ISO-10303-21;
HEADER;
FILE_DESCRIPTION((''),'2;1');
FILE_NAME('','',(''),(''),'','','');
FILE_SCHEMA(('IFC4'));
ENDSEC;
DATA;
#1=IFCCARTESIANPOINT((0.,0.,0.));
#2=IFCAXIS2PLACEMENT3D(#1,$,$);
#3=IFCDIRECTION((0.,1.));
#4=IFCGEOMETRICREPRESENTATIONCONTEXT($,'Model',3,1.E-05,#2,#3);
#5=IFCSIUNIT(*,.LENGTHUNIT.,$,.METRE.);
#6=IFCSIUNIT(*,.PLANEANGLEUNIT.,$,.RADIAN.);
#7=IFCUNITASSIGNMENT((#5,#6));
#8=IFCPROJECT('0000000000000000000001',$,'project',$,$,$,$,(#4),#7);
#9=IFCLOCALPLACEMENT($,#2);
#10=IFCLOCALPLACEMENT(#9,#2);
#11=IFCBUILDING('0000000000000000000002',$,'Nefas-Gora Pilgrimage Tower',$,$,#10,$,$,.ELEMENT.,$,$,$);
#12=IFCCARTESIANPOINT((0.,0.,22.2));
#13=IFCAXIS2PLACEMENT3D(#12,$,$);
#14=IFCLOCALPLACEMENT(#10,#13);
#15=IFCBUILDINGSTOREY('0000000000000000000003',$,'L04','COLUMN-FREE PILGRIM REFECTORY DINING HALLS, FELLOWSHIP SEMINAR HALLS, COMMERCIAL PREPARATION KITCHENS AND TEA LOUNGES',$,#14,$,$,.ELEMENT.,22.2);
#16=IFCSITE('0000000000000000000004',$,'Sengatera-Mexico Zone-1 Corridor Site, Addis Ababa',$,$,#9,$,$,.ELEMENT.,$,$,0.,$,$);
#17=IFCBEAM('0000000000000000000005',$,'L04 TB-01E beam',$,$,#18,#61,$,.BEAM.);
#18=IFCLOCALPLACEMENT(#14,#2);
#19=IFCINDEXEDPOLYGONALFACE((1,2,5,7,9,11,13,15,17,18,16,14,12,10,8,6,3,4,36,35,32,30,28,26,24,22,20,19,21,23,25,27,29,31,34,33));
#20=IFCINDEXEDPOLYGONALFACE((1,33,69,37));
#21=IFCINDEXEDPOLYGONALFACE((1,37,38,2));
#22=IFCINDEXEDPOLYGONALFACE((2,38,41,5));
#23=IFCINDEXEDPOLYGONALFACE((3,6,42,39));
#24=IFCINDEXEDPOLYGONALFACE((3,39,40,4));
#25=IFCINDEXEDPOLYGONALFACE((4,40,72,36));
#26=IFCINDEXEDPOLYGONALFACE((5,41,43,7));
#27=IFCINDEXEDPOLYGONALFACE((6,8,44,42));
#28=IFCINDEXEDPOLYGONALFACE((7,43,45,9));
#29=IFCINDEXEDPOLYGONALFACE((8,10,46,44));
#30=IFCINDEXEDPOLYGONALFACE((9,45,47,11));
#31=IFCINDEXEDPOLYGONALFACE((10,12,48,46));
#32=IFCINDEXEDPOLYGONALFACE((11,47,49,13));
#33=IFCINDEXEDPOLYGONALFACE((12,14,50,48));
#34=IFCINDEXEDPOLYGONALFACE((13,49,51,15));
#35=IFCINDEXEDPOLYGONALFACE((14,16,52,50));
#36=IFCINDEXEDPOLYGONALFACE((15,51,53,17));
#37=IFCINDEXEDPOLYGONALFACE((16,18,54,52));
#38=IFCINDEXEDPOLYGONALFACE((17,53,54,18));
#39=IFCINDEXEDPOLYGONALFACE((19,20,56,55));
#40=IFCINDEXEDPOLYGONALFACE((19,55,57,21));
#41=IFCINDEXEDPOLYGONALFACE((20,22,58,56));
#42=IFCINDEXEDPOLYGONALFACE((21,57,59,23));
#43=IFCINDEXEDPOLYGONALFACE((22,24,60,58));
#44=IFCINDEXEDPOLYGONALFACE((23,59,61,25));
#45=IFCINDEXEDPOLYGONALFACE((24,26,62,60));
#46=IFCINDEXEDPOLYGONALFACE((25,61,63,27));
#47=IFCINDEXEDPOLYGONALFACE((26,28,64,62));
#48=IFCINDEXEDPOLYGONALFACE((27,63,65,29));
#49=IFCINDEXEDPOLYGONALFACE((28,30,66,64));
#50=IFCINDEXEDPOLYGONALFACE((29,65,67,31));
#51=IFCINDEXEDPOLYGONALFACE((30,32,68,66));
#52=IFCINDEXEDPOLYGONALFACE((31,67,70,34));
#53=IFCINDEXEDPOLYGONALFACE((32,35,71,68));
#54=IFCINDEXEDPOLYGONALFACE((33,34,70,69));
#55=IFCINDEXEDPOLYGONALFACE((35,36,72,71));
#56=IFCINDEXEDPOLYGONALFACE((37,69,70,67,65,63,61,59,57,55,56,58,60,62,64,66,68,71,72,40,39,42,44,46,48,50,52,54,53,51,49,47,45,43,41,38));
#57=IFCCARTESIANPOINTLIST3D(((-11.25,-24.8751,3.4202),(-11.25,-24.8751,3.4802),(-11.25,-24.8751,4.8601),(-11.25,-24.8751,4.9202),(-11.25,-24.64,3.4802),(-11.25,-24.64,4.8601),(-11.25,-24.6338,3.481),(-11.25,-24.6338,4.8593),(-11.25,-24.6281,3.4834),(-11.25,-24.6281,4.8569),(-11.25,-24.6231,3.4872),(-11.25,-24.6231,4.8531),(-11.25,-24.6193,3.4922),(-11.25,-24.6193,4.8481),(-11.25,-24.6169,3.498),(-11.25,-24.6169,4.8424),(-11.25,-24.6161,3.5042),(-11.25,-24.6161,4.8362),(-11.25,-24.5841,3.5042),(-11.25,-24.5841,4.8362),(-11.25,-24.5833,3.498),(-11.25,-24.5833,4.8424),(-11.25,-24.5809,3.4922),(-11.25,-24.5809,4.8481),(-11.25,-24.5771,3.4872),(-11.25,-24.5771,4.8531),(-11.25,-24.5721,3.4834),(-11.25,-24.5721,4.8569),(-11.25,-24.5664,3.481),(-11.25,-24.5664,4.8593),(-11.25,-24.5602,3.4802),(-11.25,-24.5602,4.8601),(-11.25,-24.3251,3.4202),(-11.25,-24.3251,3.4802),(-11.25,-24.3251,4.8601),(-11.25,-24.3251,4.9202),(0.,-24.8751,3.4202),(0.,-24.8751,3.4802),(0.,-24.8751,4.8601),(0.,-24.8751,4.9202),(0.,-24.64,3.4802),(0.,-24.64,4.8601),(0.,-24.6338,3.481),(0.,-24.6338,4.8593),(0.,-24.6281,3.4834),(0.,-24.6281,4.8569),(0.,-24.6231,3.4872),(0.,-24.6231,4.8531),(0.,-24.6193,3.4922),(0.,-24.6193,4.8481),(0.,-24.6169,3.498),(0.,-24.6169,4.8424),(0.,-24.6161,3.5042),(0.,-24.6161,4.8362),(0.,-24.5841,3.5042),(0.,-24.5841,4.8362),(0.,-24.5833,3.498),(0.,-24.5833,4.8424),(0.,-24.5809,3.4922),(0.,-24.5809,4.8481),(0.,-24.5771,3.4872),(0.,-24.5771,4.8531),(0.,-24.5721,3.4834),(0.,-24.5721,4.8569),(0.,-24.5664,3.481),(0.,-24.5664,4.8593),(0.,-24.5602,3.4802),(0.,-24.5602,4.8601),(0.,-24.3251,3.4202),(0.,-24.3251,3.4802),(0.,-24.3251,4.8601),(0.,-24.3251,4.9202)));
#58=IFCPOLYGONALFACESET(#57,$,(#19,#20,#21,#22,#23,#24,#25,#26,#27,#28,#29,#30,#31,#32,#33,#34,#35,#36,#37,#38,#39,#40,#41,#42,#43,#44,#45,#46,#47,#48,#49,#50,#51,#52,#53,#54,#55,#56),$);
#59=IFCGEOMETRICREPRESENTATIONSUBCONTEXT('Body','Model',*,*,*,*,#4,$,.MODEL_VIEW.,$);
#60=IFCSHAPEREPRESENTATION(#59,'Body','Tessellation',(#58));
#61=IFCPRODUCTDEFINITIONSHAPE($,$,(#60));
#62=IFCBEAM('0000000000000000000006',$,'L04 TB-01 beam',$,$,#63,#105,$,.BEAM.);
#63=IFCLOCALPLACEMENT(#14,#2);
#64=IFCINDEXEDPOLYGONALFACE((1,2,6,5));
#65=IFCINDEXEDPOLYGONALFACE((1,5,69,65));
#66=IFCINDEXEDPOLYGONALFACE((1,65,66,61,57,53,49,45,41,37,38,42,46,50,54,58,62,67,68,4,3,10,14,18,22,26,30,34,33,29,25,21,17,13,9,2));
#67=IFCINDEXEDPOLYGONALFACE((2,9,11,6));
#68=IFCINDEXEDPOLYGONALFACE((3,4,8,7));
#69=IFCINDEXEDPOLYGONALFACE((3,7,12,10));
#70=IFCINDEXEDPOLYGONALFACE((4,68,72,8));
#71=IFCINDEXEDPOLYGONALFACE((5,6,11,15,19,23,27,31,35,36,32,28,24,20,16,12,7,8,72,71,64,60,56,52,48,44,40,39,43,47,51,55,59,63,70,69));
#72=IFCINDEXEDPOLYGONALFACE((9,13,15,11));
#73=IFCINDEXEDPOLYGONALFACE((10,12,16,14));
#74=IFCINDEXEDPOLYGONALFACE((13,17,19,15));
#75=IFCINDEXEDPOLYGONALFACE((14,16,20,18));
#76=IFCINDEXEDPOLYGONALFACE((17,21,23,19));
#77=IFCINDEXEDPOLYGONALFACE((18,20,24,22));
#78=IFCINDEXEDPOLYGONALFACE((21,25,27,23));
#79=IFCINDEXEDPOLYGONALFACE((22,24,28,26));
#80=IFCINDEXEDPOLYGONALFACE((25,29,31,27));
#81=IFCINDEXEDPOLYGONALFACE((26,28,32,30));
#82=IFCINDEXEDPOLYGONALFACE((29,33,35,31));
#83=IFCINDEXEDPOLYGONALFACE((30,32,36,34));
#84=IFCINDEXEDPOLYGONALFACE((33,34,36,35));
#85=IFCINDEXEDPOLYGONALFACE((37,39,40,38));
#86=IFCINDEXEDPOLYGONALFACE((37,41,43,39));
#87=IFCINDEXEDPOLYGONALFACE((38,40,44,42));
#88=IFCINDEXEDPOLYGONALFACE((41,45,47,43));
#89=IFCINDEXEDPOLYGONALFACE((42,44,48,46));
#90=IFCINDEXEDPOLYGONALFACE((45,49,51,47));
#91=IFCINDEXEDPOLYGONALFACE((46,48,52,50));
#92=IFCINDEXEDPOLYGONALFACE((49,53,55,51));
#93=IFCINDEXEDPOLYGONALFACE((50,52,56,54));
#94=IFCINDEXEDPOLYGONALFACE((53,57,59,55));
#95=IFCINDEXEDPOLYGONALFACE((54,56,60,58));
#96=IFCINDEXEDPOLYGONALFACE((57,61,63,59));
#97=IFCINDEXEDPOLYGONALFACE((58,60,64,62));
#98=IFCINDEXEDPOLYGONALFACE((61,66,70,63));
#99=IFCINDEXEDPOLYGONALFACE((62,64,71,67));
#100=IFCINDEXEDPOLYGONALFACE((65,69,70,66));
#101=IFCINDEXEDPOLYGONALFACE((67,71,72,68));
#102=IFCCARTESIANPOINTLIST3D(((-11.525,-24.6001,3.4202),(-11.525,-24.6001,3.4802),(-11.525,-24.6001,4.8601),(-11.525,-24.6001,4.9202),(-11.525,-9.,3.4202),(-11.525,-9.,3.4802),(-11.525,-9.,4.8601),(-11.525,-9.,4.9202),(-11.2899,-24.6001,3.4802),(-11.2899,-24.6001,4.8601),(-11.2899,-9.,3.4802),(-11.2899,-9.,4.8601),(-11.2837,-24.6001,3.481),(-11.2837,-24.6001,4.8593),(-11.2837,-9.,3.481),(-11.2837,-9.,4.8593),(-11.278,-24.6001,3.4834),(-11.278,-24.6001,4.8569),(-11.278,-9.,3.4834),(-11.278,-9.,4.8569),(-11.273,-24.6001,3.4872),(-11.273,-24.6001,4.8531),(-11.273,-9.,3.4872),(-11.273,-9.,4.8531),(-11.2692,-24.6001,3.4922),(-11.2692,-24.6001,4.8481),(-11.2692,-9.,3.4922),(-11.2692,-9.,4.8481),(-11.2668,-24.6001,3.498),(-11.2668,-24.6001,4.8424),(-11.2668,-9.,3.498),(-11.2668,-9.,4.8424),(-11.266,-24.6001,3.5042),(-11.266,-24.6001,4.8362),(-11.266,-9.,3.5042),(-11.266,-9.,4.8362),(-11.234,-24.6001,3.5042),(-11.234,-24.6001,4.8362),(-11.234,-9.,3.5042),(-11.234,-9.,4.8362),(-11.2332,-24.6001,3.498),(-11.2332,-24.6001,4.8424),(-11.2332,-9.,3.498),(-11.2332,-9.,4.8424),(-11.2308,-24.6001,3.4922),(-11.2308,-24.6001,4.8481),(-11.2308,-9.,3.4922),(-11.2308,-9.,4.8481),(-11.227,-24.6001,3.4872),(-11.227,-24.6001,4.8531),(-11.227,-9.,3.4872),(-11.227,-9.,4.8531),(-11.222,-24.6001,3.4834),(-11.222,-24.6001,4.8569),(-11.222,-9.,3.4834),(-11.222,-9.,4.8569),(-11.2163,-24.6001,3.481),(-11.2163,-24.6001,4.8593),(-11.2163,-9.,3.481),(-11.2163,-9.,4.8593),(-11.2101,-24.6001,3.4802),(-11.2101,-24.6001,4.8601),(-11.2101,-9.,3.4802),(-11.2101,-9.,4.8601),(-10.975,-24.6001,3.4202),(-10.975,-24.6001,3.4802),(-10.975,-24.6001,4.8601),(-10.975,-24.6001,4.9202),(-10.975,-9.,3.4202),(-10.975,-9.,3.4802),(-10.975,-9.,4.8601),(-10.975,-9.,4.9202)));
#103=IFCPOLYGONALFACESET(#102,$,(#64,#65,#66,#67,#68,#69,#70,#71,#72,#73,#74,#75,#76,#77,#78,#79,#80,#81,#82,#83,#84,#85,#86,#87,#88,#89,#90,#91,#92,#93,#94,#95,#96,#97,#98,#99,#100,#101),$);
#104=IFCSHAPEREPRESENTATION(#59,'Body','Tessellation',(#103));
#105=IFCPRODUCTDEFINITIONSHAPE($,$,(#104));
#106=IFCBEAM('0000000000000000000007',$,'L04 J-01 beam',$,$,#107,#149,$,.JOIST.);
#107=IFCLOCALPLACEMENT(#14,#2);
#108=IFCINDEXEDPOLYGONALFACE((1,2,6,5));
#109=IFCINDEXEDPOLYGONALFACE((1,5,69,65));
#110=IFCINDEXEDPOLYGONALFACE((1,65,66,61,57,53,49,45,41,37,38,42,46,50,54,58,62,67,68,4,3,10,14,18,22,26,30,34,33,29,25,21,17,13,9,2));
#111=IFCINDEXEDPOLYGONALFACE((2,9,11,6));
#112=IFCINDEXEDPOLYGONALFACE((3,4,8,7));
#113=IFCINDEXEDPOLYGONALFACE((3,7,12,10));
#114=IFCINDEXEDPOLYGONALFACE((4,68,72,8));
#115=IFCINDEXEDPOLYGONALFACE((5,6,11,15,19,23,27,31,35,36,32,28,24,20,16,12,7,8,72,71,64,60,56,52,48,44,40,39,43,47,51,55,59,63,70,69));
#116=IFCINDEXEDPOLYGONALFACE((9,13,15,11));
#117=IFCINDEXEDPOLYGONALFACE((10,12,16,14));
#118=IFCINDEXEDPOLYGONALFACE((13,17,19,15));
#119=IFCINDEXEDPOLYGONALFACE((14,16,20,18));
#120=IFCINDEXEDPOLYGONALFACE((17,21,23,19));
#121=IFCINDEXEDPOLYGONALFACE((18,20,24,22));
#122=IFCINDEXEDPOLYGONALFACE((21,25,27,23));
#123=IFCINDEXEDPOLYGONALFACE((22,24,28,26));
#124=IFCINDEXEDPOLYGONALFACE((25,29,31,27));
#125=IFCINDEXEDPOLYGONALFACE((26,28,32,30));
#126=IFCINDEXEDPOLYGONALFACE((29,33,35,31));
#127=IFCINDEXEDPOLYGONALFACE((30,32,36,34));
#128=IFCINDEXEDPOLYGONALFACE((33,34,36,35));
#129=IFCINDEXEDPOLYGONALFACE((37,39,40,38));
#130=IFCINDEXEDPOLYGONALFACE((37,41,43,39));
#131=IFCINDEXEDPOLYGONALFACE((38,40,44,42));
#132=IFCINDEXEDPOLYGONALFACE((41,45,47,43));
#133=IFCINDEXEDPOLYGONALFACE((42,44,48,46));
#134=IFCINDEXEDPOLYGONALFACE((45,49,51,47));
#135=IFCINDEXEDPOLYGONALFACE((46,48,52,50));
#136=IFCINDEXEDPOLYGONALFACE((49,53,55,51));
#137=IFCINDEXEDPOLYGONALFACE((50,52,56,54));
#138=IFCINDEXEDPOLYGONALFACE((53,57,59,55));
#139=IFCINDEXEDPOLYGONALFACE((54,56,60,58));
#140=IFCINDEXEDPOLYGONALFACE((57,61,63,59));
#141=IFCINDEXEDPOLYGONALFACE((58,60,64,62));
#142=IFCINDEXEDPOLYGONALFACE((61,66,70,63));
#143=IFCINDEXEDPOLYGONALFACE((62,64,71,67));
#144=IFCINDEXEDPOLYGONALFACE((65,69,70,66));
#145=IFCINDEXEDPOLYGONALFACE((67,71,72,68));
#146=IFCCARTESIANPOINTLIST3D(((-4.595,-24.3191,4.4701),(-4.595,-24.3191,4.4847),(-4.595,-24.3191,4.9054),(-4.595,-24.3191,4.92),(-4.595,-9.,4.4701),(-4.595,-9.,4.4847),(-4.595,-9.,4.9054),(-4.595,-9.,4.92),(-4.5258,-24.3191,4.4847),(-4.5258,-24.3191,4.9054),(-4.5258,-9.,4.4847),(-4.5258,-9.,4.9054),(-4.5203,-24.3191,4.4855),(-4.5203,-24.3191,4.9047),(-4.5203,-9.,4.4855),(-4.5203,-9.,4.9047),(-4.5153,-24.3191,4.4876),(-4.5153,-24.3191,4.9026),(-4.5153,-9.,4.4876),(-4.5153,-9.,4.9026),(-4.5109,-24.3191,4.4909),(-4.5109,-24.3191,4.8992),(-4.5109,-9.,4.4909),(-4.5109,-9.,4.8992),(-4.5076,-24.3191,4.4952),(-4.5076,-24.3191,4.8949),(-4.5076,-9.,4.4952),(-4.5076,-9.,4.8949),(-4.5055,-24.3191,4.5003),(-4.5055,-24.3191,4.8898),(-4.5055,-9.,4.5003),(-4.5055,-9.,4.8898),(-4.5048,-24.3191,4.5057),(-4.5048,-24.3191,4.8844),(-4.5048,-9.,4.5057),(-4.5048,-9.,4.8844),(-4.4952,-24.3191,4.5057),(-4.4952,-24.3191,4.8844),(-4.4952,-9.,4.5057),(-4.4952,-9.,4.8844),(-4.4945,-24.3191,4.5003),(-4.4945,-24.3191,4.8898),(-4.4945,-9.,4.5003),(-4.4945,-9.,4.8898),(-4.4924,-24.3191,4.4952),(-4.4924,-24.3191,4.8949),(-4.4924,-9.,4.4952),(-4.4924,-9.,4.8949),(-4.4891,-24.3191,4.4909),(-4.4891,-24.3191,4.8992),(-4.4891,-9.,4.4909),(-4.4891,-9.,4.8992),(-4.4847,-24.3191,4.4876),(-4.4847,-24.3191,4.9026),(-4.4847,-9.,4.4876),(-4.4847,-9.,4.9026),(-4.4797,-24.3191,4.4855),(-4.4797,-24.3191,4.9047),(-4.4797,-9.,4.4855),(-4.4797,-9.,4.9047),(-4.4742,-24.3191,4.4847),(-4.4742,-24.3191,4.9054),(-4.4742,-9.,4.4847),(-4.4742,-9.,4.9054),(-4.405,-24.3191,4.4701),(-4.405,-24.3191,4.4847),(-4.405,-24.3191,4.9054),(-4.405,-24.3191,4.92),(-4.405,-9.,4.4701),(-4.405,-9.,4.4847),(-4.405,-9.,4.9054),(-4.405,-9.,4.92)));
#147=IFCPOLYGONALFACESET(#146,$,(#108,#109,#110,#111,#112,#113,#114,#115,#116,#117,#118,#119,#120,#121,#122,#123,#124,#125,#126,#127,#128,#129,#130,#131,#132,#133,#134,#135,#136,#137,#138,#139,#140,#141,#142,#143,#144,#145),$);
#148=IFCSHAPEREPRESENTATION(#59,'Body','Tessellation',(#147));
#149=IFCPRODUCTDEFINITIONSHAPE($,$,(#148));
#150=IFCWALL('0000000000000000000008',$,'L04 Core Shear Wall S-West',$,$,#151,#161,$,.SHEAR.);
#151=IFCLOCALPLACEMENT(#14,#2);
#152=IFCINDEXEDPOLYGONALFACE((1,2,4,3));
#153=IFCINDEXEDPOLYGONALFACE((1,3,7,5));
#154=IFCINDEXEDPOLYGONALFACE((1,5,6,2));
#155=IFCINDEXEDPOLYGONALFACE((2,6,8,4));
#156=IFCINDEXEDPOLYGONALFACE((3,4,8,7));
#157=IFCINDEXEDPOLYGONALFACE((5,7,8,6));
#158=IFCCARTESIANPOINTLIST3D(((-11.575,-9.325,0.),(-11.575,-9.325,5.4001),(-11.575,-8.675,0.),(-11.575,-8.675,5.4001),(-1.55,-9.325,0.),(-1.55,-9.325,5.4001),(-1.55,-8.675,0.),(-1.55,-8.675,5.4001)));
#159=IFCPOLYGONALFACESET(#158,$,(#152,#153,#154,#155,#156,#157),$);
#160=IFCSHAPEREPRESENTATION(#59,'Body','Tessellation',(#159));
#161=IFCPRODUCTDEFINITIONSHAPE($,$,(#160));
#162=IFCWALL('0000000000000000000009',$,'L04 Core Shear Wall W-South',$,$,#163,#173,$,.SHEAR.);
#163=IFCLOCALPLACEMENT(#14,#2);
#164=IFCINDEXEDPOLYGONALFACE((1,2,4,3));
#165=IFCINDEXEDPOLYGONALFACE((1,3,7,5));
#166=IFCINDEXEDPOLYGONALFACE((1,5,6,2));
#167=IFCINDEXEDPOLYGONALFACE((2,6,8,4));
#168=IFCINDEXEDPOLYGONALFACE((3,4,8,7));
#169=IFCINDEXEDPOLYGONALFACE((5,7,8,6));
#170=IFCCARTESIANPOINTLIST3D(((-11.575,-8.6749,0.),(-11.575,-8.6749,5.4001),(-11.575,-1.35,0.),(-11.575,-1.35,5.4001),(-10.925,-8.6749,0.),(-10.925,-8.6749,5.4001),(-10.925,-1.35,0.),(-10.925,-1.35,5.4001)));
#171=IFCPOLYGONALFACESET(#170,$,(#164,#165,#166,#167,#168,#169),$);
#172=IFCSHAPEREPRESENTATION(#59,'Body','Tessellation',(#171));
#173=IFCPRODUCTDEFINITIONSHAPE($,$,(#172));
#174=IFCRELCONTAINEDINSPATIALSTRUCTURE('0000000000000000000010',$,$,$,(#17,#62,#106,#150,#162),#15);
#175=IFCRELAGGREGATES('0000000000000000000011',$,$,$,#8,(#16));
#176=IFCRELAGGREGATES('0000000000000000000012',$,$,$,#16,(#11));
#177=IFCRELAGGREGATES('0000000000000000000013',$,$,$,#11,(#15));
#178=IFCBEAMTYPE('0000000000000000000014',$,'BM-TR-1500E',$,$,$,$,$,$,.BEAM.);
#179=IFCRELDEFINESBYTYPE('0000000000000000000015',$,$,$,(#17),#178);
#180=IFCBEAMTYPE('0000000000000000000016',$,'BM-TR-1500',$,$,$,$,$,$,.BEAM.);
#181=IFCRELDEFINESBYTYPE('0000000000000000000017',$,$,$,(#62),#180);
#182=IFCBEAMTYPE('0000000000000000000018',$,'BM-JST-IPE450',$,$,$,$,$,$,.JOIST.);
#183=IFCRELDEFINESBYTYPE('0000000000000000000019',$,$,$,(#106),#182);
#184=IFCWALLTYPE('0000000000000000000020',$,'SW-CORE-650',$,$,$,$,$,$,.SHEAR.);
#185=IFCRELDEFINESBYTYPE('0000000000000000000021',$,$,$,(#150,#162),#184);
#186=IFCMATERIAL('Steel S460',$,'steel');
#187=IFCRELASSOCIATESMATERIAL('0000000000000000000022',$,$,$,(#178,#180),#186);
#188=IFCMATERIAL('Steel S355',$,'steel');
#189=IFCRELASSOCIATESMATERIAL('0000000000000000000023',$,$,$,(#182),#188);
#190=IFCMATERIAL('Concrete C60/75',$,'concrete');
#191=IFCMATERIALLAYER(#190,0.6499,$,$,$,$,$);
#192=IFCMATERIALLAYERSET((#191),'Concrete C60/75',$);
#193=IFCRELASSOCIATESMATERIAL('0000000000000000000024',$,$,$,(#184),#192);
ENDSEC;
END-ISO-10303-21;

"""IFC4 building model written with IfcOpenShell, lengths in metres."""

from ifc_helpers import new_model, si_unit, direction, frame, frame_2d, origin, origin_2d, place, context, subcontext, project, spatial, rectangle, i_section, extrude, source, transform, mapped, material, layer, layer_set, material_profile, profile_set, type_object, element, save


model = new_model("IFC4")

# Units and contexts
model_context = context("Model", 3, precision=1e-05, world=origin(), true_north=direction((0.0, 1.0)))
body_context = subcontext(model_context, "Body", "Model", "MODEL_VIEW")
ifc_project = project(units=[si_unit("LENGTHUNIT", "METRE"), si_unit("PLANEANGLEUNIT", "RADIAN")], contexts=[model_context])

# Site, building, storey
site_placement = place(None, origin())
site = spatial("IfcSite", under=ifc_project, at=site_placement, Name="Sengatera-Mexico Zone-1 Corridor Site, Addis Ababa", CompositionType="ELEMENT", RefElevation=0.0)
building_placement = place(site_placement, origin())
building = spatial("IfcBuilding", under=site, at=building_placement, Name="Nefas-Gora Pilgrimage Tower", CompositionType="ELEMENT")
storey_placement = place(building_placement, frame((0.0, 0.0, 22.2)))
storey = spatial("IfcBuildingStorey", under=building, at=storey_placement, Name="L04", Description="COLUMN-FREE PILGRIM REFECTORY DINING HALLS, FELLOWSHIP SEMINAR HALLS, COMMERCIAL PREPARATION KITCHENS AND TEA LOUNGES", CompositionType="ELEMENT", Elevation=22.2)

# Shared definitions
ifc_material_1 = material(Name="Steel S460", Category="steel")

# Beams
ifc_material_2 = material(Name="Concrete C60/75", Category="concrete")
ifc_material_profile_1 = material_profile(ifc_material_1, i_section(OverallWidth=0.55, OverallDepth=1.5, WebThickness=0.032, FlangeThickness=0.0601, FilletRadius=0.0239, at=origin_2d()), Name="WPG 1500x550x32x60")
ifc_profile_set_1 = profile_set([ifc_material_profile_1], Name="Steel S460")
beam_type_1 = type_object("IfcBeamType", Name="BM-TR-1500E", PredefinedType="BEAM", material=ifc_profile_set_1)
shared_shape_1 = source(origin(), body_context, "Body", "SweptSolid", [
    extrude(i_section(OverallWidth=0.55, OverallDepth=1.5, WebThickness=0.032, FlangeThickness=0.0601, FilletRadius=0.0239, at=origin_2d()), origin(), (0.0, 0.0, 1.0), 11.25),
])
beam_1_placement = place(storey_placement, frame((-11.25, -24.6001, 4.1702), z_axis=(1.0, 0.0, 0.0), x_axis=(0.0, 1.0, 0.0)))
element("IfcBeam", 1, at=beam_1_placement, inside=storey, type_object=beam_type_1, Name="L04 TB-01E beam", PredefinedType="BEAM", context=body_context, shape_type="MappedRepresentation", body=[
    mapped(shared_shape_1, transform((0.0, 0.0, 0.0), x_axis=(1.0, 0.0, 0.0), y_axis=(0.0, 1.0, 0.0), z_axis=(0.0, 0.0, 1.0), scale=1.0)),
])
ifc_material_profile_2 = material_profile(ifc_material_1, i_section(OverallWidth=0.55, OverallDepth=1.5, WebThickness=0.032, FlangeThickness=0.0601, FilletRadius=0.0239, at=origin_2d()), Name="WPG 1500x550x32x60")
ifc_profile_set_2 = profile_set([ifc_material_profile_2], Name="Steel S460")
beam_type_2 = type_object("IfcBeamType", Name="BM-TR-1500", PredefinedType="BEAM", material=ifc_profile_set_2)
shared_shape_2 = source(origin(), body_context, "Body", "SweptSolid", [
    extrude(i_section(OverallWidth=0.55, OverallDepth=1.5, WebThickness=0.032, FlangeThickness=0.0601, FilletRadius=0.0239, at=origin_2d()), origin(), (0.0, 0.0, 1.0), 15.6001),
])
beam_2_placement = place(storey_placement, frame((-11.25, -24.6001, 4.1702), z_axis=(0.0, 1.0, 0.0), x_axis=(-1.0, 0.0, 0.0)))
element("IfcBeam", 2, at=beam_2_placement, inside=storey, type_object=beam_type_2, Name="L04 TB-01 beam", PredefinedType="BEAM", context=body_context, shape_type="MappedRepresentation", body=[
    mapped(shared_shape_2, transform((0.0, 0.0, 0.0), x_axis=(1.0, 0.0, 0.0), y_axis=(0.0, 1.0, 0.0), z_axis=(0.0, 0.0, 1.0), scale=1.0)),
])
ifc_material_3 = material(Name="Steel S355", Category="steel")
ifc_material_profile_3 = material_profile(ifc_material_3, i_section(OverallWidth=0.1899, OverallDepth=0.45, WebThickness=0.0095, FlangeThickness=0.0146, FilletRadius=0.021, at=origin_2d()), Name="IPE 450")
ifc_profile_set_3 = profile_set([ifc_material_profile_3], Name="Steel S355")
beam_type_3 = type_object("IfcBeamType", Name="BM-JST-IPE450", PredefinedType="JOIST", material=ifc_profile_set_3)
shared_shape_3 = source(origin(), body_context, "Body", "SweptSolid", [
    extrude(i_section(OverallWidth=0.1899, OverallDepth=0.45, WebThickness=0.0095, FlangeThickness=0.0146, FilletRadius=0.021, at=origin_2d()), origin(), (0.0, 0.0, 1.0), 15.3191),
])
beam_3_placement = place(storey_placement, frame((-4.5, -24.3191, 4.6951), z_axis=(0.0, 1.0, 0.0), x_axis=(-1.0, 0.0, 0.0)))
element("IfcBeam", 3, at=beam_3_placement, inside=storey, type_object=beam_type_3, Name="L04 J-01 beam", PredefinedType="JOIST", context=body_context, shape_type="MappedRepresentation", body=[
    mapped(shared_shape_3, transform((0.0, 0.0, 0.0), x_axis=(1.0, 0.0, 0.0), y_axis=(0.0, 1.0, 0.0), z_axis=(0.0, 0.0, 1.0), scale=1.0)),
])

# Walls
ifc_layer_1 = layer(ifc_material_2, 0.6499)
ifc_layer_set_1 = layer_set([ifc_layer_1], Name="Concrete C60/75")
wall_type_1 = type_object("IfcWallType", Name="SW-CORE-650", PredefinedType="SHEAR", material=ifc_layer_set_1)
shared_shape_4 = source(origin(), body_context, "Body", "SweptSolid", [
    extrude(rectangle(XDim=10.0249, YDim=0.6499, at=frame_2d((5.0125, 0.0))), origin(), (0.0, 0.0, 1.0), 5.4001),
])
wall_1_placement = place(storey_placement, frame((-11.575, -9.0, 0.0), z_axis=(0.0, 0.0, 1.0), x_axis=(1.0, 0.0, 0.0)))
element("IfcWall", 4, at=wall_1_placement, inside=storey, type_object=wall_type_1, Name="L04 Core Shear Wall S-West", PredefinedType="SHEAR", context=body_context, shape_type="MappedRepresentation", body=[
    mapped(shared_shape_4, transform((0.0, 0.0, 0.0), x_axis=(1.0, 0.0, 0.0), y_axis=(0.0, 1.0, 0.0), z_axis=(0.0, 0.0, 1.0), scale=1.0)),
])
shared_shape_5 = source(origin(), body_context, "Body", "SweptSolid", [
    extrude(rectangle(XDim=7.325, YDim=0.6499, at=frame_2d((3.6626, 0.0))), origin(), (0.0, 0.0, 1.0), 5.4001),
])
wall_2_placement = place(storey_placement, frame((-11.25, -8.675, 0.0), z_axis=(0.0, 0.0, 1.0), x_axis=(0.0, 1.0, 0.0)))
element("IfcWall", 5, at=wall_2_placement, inside=storey, type_object=wall_type_1, Name="L04 Core Shear Wall W-South", PredefinedType="SHEAR", context=body_context, shape_type="MappedRepresentation", body=[
    mapped(shared_shape_5, transform((0.0, 0.0, 0.0), x_axis=(1.0, 0.0, 0.0), y_axis=(0.0, 1.0, 0.0), z_axis=(0.0, 0.0, 1.0), scale=1.0)),
])

save(model, "model.ifc")
